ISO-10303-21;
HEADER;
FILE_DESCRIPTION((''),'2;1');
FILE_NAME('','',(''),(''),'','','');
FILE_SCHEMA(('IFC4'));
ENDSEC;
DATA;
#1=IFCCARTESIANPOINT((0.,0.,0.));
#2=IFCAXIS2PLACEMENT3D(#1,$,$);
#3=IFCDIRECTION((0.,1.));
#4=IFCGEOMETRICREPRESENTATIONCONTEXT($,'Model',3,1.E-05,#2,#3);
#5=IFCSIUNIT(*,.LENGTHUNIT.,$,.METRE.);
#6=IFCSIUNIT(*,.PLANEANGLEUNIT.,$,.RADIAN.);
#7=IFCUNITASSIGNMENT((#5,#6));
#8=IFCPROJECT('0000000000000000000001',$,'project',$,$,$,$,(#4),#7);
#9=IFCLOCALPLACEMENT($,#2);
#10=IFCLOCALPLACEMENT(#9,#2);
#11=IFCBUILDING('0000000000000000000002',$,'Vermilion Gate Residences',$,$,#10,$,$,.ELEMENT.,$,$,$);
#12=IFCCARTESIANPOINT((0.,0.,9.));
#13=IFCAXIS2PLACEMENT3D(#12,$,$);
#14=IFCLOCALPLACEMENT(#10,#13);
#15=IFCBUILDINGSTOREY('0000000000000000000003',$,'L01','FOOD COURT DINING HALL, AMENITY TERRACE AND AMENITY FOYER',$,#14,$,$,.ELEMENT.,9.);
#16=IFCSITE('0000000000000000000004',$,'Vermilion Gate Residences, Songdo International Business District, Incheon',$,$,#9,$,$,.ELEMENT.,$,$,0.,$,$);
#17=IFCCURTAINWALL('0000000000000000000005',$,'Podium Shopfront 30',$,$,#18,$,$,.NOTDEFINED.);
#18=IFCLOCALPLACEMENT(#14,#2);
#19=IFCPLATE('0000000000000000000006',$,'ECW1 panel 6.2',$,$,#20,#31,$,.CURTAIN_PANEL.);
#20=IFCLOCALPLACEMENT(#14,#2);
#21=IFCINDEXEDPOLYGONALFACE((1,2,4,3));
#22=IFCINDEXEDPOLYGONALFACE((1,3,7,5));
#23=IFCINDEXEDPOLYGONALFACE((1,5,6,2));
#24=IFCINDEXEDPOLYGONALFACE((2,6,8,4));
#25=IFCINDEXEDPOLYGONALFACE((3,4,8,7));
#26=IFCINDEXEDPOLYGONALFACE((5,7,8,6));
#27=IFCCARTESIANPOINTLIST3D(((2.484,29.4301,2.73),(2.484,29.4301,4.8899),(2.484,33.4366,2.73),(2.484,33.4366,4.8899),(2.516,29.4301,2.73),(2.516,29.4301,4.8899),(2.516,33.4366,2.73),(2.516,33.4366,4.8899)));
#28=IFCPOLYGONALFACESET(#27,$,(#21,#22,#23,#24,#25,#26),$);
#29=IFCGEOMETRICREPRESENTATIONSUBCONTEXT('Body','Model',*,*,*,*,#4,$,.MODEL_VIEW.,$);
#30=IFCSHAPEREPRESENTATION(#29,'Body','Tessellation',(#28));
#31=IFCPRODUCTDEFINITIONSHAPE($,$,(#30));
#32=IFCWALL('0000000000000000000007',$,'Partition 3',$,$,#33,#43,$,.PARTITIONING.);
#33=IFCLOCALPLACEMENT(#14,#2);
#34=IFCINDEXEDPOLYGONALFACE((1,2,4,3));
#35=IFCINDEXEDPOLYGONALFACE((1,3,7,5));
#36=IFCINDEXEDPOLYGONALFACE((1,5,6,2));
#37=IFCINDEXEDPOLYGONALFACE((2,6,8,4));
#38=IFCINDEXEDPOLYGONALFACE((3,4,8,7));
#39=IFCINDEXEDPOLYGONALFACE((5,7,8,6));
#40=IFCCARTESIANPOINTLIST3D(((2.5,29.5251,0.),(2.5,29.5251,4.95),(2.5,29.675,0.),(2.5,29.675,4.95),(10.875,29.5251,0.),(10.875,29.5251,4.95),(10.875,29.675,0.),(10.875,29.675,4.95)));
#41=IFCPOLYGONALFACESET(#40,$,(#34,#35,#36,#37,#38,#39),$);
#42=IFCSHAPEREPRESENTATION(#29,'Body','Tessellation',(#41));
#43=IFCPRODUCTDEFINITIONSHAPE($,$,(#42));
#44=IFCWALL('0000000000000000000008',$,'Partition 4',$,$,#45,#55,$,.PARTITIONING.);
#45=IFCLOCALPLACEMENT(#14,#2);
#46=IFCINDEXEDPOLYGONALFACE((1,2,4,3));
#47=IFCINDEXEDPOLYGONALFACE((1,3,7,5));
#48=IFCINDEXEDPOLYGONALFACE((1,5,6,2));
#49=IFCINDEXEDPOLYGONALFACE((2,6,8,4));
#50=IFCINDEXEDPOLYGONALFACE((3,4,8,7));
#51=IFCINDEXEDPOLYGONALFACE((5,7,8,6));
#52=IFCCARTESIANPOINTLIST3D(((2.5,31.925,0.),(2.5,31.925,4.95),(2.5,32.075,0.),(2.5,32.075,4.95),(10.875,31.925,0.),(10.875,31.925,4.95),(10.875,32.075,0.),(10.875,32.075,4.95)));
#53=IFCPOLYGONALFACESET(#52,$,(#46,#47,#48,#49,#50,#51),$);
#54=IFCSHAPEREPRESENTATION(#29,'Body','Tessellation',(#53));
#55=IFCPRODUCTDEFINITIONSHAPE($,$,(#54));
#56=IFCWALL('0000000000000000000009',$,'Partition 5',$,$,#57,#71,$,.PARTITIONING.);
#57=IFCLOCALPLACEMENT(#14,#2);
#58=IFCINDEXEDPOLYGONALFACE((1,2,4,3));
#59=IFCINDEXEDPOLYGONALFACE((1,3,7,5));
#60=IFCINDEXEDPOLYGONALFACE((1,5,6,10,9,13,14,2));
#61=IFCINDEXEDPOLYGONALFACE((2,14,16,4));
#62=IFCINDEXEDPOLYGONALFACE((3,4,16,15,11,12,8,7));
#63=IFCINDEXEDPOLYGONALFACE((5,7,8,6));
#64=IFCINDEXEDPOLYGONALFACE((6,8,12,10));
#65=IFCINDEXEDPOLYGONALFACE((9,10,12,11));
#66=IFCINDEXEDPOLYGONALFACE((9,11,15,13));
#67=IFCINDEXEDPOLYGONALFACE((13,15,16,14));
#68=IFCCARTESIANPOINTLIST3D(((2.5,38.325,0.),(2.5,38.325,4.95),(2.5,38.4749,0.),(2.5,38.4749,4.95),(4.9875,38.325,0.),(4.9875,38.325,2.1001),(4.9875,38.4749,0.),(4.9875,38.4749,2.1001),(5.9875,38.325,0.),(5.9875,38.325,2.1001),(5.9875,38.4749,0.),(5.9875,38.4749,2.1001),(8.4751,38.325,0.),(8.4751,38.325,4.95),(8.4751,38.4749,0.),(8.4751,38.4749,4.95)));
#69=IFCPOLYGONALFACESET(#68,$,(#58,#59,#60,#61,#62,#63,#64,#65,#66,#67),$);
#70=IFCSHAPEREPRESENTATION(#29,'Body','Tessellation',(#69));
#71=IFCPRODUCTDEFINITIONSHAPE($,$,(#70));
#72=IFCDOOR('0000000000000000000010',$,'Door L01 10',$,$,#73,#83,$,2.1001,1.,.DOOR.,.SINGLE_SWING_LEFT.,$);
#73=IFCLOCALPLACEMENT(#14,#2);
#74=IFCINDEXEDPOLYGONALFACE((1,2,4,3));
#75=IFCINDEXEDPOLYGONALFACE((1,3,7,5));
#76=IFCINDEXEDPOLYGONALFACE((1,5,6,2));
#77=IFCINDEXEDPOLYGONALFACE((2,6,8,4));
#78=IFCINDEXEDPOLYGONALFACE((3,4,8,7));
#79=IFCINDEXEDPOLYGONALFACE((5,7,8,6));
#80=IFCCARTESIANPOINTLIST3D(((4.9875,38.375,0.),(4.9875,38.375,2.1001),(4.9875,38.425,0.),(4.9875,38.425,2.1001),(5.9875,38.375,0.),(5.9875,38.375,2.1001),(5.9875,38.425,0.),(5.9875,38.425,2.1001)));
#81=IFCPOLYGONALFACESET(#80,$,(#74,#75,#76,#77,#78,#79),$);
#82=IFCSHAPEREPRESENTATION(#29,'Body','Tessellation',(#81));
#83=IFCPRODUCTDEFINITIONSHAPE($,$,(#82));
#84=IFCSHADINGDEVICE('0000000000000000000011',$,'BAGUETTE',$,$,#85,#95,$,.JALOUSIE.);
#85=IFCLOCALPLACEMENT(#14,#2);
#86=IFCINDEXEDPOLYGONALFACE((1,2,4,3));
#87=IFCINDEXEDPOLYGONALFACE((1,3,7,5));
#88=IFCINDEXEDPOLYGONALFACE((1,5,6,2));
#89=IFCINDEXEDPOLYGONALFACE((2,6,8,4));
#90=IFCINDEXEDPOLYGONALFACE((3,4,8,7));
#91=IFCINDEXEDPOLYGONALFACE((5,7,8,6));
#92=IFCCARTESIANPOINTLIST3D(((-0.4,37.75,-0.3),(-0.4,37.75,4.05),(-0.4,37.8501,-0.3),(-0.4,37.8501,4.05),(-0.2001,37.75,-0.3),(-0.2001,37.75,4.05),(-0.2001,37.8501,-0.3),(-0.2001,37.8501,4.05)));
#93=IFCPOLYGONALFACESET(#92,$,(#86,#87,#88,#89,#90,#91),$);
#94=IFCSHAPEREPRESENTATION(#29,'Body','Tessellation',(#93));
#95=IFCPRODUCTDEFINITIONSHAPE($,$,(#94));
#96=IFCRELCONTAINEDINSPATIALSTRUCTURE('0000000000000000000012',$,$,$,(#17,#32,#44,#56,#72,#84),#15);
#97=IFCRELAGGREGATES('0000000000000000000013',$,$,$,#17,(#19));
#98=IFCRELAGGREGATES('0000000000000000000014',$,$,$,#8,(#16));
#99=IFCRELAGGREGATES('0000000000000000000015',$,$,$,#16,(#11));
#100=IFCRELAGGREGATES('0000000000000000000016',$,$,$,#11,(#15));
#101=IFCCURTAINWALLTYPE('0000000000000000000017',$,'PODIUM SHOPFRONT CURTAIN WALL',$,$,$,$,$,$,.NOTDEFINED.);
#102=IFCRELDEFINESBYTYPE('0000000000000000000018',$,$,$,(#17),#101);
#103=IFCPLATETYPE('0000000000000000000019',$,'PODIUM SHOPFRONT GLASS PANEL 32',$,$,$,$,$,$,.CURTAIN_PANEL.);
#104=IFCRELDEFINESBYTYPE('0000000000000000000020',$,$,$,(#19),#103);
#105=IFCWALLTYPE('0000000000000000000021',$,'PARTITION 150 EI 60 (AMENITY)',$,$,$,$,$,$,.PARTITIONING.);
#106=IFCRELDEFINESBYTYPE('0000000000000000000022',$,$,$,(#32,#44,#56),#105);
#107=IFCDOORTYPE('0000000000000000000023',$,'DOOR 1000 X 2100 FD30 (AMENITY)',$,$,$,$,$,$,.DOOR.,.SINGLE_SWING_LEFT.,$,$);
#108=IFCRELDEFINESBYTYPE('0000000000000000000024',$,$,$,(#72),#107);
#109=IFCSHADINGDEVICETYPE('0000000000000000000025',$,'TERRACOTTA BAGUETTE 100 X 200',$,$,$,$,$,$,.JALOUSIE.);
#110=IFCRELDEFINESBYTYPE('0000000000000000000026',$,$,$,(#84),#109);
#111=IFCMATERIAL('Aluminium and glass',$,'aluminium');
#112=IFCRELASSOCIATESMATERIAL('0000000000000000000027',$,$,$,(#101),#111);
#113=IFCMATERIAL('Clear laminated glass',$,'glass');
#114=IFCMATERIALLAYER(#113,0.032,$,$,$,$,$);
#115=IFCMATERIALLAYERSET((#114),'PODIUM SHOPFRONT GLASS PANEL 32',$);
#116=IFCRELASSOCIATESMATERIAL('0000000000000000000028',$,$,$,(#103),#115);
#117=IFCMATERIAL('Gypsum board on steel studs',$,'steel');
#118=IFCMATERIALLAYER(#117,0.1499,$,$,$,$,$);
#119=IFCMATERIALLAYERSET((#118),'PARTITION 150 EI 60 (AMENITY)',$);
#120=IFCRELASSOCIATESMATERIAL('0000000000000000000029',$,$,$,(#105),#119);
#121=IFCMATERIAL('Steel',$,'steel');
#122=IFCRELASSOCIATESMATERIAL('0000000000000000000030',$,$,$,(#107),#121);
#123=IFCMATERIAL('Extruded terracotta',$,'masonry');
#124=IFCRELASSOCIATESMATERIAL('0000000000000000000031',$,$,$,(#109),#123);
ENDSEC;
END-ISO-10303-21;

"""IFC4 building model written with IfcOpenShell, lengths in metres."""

from ifc_helpers import new_model, si_unit, direction, frame, frame_2d, origin, origin_2d, place, context, subcontext, project, spatial, rectangle, extrude, material, layer, layer_set, material_profile, profile_set, type_object, element, fill, aggregate, save


model = new_model("IFC4")

# Units and contexts
model_context = context("Model", 3, precision=1e-05, world=origin(), true_north=direction((0.0, 1.0)))
body_context = subcontext(model_context, "Body", "Model", "MODEL_VIEW")
ifc_project = project(units=[si_unit("LENGTHUNIT", "METRE"), si_unit("PLANEANGLEUNIT", "RADIAN")], contexts=[model_context])

# Site, building, storey
site_placement = place(None, origin())
site = spatial("IfcSite", under=ifc_project, at=site_placement, Name="Vermilion Gate Residences, Songdo International Business District, Incheon", CompositionType="ELEMENT", RefElevation=0.0)
building_placement = place(site_placement, origin())
building = spatial("IfcBuilding", under=site, at=building_placement, Name="Vermilion Gate Residences", CompositionType="ELEMENT")
storey_placement = place(building_placement, frame((0.0, 0.0, 9.0)))
storey = spatial("IfcBuildingStorey", under=building, at=storey_placement, Name="L01", Description="FOOD COURT DINING HALL, AMENITY TERRACE AND AMENITY FOYER", CompositionType="ELEMENT", Elevation=9.0)

# Curtain wall
ifc_material_1 = material(Name="Aluminium and glass", Category="aluminium")
curtain_wall_type = type_object("IfcCurtainWallType", Name="PODIUM SHOPFRONT CURTAIN WALL", PredefinedType="NOTDEFINED", material=ifc_material_1)
curtain_wall_placement = place(storey_placement, origin())
curtain_wall = element("IfcCurtainWall", 1, at=curtain_wall_placement, inside=storey, type_object=curtain_wall_type, Name="Podium Shopfront 30", PredefinedType="NOTDEFINED")

# Plate
ifc_material_2 = material(Name="Clear laminated glass", Category="glass")
ifc_layer_1 = layer(ifc_material_2, 0.032)
ifc_layer_set_1 = layer_set([ifc_layer_1], Name="PODIUM SHOPFRONT GLASS PANEL 32")
plate_type = type_object("IfcPlateType", Name="PODIUM SHOPFRONT GLASS PANEL 32", PredefinedType="CURTAIN_PANEL", material=ifc_layer_set_1)
plate_1_placement = place(storey_placement, frame((2.5, 31.4333, 2.73), z_axis=(0.0, 0.0, 1.0), x_axis=(0.0, -1.0, 0.0)))
plate_1 = element("IfcPlate", 2, at=plate_1_placement, type_object=plate_type, Name="ECW1 panel 6.2", PredefinedType="CURTAIN_PANEL", context=body_context, shape_type="SweptSolid", body=[
    extrude(rectangle(XDim=4.0066, YDim=0.032, at=origin_2d()), origin(), (0.0, 0.0, 1.0), 2.1599),
])
aggregate(curtain_wall, [plate_1])

# Walls
ifc_material_3 = material(Name="Gypsum board on steel studs", Category="steel")
ifc_layer_2 = layer(ifc_material_3, 0.1499)
ifc_layer_set_2 = layer_set([ifc_layer_2], Name="PARTITION 150 EI 60 (AMENITY)")
wall_type = type_object("IfcWallType", Name="PARTITION 150 EI 60 (AMENITY)", PredefinedType="PARTITIONING", material=ifc_layer_set_2)
for number, where, z_axis, x_axis, name in (
    (3, (2.5, 29.6001, 0.0), (0.0, 0.0, 1.0), (1.0, 0.0, 0.0), "Partition 3"),
    (4, (2.5, 32.0, 0.0), (0.0, 0.0, 1.0), (1.0, 0.0, 0.0), "Partition 4"),
):
    element("IfcWall", number, at=place(storey_placement, frame(where, z_axis=z_axis, x_axis=x_axis)), inside=storey, type_object=wall_type, Name=name, PredefinedType="PARTITIONING", context=body_context, shape_type="SweptSolid", body=[
        extrude(rectangle(XDim=8.375, YDim=0.1499, at=frame_2d((4.1875, 0.0))), origin(), (0.0, 0.0, 1.0), 4.95),
    ])

# Wall, opening, door
wall_placement = place(storey_placement, frame((2.5, 38.3999, 0.0), z_axis=(0.0, 0.0, 1.0), x_axis=(1.0, 0.0, 0.0)))
wall = element("IfcWall", 5, at=wall_placement, inside=storey, type_object=wall_type, Name="Partition 5", PredefinedType="PARTITIONING", context=body_context, shape_type="SweptSolid", body=[
    extrude(rectangle(XDim=5.9751, YDim=0.1499, at=frame_2d((2.9875, 0.0))), origin(), (0.0, 0.0, 1.0), 4.95),
])
opening_placement = place(wall_placement, frame((2.4875, 0.0, 0.0)))
opening = element("IfcOpeningElement", 6, at=opening_placement, cuts=wall, PredefinedType="OPENING", context=body_context, shape_type="SweptSolid", body=[
    extrude(rectangle(XDim=1.0, YDim=2.1001, at=frame_2d((0.5, 1.05))), frame((0.0, 0.085, 0.0), z_axis=(0.0, -1.0, 0.0), x_axis=(1.0, 0.0, 0.0)), (0.0, 0.0, 1.0), 0.1699),
])
ifc_material_4 = material(Name="Steel", Category="steel")
door_type = type_object("IfcDoorType", Name="DOOR 1000 X 2100 FD30 (AMENITY)", OperationType="SINGLE_SWING_LEFT", PredefinedType="DOOR", material=ifc_material_4)
door_placement = place(opening_placement, frame((1.0, 0.0, 0.0), z_axis=(0.0, 0.0, 1.0), x_axis=(-1.0, 0.0, 0.0)))
door = element("IfcDoor", 7, at=door_placement, inside=storey, type_object=door_type, Name="Door L01 10", OperationType="SINGLE_SWING_LEFT", OverallHeight=2.1001, OverallWidth=1.0, PredefinedType="DOOR", context=body_context, shape_type="SweptSolid", body=[
    extrude(rectangle(XDim=1.0, YDim=2.1001, at=frame_2d((0.5, 1.05))), frame((0.0, 0.0249, 0.0), z_axis=(0.0, -1.0, 0.0), x_axis=(1.0, 0.0, 0.0)), (0.0, 0.0, 1.0), 0.05),
])
fill(opening, door)

# Shading device
ifc_material_5 = material(Name="Extruded terracotta", Category="masonry")
ifc_material_profile_1 = material_profile(ifc_material_5, rectangle(XDim=0.2, YDim=0.1001, at=origin_2d()), Name="BAGUETTE 100 X 200")
ifc_profile_set_1 = profile_set([ifc_material_profile_1], Name="Extruded terracotta")
shading_device_type = type_object("IfcShadingDeviceType", Name="TERRACOTTA BAGUETTE 100 X 200", PredefinedType="JALOUSIE", material=ifc_profile_set_1)
shading_device_placement = place(storey_placement, frame((-0.3, 37.8, -0.3), z_axis=(0.0, 0.0, 1.0), x_axis=(1.0, 0.0, 0.0)))
element("IfcShadingDevice", 8, at=shading_device_placement, inside=storey, type_object=shading_device_type, Name="BAGUETTE", PredefinedType="JALOUSIE", context=body_context, shape_type="SweptSolid", body=[
    extrude(rectangle(XDim=0.2, YDim=0.1001, at=origin_2d()), origin(), (0.0, 0.0, 1.0), 4.3501),
])

save(model, "model.ifc")
